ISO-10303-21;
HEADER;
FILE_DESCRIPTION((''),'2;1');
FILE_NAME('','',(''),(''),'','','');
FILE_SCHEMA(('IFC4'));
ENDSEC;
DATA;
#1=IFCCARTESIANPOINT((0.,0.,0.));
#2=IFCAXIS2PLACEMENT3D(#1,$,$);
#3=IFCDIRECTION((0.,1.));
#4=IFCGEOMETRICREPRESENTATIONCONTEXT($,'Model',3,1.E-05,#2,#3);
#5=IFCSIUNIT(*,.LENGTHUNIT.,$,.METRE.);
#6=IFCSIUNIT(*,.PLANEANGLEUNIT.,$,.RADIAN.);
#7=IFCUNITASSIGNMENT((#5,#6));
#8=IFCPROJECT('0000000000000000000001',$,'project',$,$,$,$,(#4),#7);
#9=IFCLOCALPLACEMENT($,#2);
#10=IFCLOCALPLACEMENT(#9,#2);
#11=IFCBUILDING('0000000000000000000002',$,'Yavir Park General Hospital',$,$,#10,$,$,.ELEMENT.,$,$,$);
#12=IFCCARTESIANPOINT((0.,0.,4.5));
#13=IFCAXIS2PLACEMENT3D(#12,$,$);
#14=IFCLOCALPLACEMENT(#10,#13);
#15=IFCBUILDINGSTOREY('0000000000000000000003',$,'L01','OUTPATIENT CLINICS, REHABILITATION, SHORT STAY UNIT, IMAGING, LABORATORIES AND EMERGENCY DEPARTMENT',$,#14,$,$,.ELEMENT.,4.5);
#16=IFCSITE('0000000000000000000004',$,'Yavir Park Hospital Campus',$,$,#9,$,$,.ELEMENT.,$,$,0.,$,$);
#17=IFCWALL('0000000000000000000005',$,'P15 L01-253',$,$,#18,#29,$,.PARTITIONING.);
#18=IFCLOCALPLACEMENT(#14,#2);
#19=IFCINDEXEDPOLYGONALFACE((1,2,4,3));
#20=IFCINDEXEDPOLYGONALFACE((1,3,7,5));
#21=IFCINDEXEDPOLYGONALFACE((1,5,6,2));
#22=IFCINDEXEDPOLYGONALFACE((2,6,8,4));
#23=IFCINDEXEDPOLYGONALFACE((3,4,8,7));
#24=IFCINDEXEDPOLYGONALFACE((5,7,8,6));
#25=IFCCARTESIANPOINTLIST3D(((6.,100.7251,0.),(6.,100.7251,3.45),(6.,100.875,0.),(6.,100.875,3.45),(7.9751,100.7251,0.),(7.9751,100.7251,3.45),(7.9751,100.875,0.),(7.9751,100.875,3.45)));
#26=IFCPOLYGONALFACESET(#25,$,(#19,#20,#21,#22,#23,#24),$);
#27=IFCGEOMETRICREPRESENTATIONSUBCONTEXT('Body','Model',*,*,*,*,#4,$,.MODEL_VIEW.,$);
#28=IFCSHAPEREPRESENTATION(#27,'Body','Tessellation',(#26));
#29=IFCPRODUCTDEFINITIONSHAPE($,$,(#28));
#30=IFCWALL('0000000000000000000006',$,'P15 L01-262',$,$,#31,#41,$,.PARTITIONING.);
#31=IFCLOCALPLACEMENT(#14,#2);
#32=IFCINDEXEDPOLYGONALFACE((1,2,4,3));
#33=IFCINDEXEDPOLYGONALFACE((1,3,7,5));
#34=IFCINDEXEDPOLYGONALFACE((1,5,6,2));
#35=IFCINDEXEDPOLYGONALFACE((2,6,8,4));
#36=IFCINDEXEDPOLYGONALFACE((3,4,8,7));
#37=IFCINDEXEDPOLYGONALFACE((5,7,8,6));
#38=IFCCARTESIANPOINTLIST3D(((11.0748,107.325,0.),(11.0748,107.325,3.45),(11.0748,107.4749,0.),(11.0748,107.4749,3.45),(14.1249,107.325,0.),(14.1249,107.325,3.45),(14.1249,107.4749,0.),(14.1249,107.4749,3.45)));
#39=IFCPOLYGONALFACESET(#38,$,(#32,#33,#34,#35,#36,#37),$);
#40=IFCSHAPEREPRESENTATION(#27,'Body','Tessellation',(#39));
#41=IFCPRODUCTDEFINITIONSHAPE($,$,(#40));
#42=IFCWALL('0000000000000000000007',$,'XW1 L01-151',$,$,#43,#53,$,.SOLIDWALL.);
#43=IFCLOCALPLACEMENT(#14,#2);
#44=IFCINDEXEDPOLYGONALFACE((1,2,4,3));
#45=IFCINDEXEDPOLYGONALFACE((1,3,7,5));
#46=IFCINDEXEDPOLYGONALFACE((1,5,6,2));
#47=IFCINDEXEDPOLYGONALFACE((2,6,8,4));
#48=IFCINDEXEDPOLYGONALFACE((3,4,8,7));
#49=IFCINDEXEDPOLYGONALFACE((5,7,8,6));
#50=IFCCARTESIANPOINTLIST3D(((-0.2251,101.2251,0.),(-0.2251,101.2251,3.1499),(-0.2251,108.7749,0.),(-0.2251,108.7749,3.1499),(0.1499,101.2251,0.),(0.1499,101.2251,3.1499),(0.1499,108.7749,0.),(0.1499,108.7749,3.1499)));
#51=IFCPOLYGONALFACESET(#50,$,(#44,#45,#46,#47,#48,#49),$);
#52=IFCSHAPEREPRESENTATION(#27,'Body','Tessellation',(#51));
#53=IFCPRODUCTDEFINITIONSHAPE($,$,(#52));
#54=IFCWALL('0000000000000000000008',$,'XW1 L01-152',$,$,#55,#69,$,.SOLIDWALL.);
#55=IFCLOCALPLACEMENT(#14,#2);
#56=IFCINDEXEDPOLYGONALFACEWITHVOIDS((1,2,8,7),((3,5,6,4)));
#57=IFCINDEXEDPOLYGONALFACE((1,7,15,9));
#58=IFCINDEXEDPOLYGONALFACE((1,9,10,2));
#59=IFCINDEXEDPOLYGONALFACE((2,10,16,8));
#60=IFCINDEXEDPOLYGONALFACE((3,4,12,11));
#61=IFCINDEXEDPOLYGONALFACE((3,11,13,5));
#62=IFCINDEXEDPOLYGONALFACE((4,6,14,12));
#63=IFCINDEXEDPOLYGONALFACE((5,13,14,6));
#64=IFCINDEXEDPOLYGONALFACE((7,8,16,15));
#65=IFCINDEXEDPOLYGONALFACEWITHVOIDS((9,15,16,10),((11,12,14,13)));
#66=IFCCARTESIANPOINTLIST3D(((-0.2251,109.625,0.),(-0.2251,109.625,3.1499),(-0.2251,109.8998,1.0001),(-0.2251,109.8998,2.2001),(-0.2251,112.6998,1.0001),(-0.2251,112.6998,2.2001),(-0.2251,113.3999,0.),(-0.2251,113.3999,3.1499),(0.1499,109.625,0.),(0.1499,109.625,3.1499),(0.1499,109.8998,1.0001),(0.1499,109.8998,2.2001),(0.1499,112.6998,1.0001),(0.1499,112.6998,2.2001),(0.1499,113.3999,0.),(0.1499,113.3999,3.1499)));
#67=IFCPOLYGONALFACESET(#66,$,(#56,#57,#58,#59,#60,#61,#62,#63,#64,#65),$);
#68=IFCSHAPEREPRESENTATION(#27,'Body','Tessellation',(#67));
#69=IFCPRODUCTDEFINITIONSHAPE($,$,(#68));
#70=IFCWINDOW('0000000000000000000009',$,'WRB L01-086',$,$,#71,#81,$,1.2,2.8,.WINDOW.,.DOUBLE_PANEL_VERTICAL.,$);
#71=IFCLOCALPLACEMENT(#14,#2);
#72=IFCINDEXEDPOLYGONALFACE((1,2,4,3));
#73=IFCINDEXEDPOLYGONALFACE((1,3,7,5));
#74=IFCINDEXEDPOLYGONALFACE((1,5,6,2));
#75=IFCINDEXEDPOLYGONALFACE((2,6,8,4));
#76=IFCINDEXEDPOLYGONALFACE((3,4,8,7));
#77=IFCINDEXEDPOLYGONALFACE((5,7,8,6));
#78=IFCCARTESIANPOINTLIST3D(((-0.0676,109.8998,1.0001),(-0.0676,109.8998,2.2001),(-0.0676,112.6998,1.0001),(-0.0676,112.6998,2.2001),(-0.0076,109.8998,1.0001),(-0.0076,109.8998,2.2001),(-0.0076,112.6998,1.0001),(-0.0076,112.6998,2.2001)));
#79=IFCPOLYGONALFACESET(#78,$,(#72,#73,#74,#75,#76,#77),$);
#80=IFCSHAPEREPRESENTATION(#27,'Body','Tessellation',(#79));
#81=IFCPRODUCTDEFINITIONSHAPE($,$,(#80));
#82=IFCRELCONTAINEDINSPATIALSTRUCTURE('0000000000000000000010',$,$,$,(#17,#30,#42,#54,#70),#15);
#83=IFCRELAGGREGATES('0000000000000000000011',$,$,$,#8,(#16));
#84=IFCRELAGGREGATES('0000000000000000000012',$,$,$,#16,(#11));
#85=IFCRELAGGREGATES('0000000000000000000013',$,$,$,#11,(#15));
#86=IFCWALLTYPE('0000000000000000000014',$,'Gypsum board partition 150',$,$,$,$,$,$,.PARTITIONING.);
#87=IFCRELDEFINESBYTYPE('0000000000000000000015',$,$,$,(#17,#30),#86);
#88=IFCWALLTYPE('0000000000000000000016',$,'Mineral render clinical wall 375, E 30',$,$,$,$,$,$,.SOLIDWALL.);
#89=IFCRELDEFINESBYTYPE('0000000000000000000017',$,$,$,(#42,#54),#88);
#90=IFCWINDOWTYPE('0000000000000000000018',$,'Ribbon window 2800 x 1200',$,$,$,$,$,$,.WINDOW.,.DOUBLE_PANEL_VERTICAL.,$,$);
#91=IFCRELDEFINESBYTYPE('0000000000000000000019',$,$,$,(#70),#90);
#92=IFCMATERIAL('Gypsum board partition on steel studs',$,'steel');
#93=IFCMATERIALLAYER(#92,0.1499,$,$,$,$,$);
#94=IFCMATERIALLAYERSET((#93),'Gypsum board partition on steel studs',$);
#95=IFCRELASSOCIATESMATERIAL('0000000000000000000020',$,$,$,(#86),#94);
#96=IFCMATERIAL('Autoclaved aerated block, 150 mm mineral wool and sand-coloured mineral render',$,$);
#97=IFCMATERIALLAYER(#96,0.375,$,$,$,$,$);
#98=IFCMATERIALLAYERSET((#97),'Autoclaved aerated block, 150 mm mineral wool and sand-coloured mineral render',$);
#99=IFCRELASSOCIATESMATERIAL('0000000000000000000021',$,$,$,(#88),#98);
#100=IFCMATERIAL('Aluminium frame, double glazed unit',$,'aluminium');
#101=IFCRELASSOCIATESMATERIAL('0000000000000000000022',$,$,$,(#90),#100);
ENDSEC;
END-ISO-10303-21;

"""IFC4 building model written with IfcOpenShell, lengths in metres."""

from ifc_helpers import new_model, si_unit, direction, frame, frame_2d, origin, place, context, subcontext, project, spatial, rectangle, extrude, material, layer, layer_set, type_object, element, fill, save


model = new_model("IFC4")

# Units and contexts
model_context = context("Model", 3, precision=1e-05, world=origin(), true_north=direction((0.0, 1.0)))
body_context = subcontext(model_context, "Body", "Model", "MODEL_VIEW")
ifc_project = project(units=[si_unit("LENGTHUNIT", "METRE"), si_unit("PLANEANGLEUNIT", "RADIAN")], contexts=[model_context])

# Site, building, storey
site_placement = place(None, origin())
site = spatial("IfcSite", under=ifc_project, at=site_placement, Name="Yavir Park Hospital Campus", CompositionType="ELEMENT", RefElevation=0.0)
building_placement = place(site_placement, origin())
building = spatial("IfcBuilding", under=site, at=building_placement, Name="Yavir Park General Hospital", CompositionType="ELEMENT")
storey_placement = place(building_placement, frame((0.0, 0.0, 4.5)))
storey = spatial("IfcBuildingStorey", under=building, at=storey_placement, Name="L01", Description="OUTPATIENT CLINICS, REHABILITATION, SHORT STAY UNIT, IMAGING, LABORATORIES AND EMERGENCY DEPARTMENT", CompositionType="ELEMENT", Elevation=4.5)

# Walls
ifc_material_1 = material(Name="Gypsum board partition on steel studs", Category="steel")
ifc_layer_1 = layer(ifc_material_1, 0.1499)
ifc_layer_set_1 = layer_set([ifc_layer_1], Name="Gypsum board partition on steel studs")
wall_type_1 = type_object("IfcWallType", Name="Gypsum board partition 150", PredefinedType="PARTITIONING", material=ifc_layer_set_1)
wall_1_placement = place(storey_placement, frame((6.0, 100.8, 0.0), z_axis=(0.0, 0.0, 1.0), x_axis=(1.0, 0.0, 0.0)))
element("IfcWall", 1, at=wall_1_placement, inside=storey, type_object=wall_type_1, Name="P15 L01-253", PredefinedType="PARTITIONING", context=body_context, shape_type="SweptSolid", body=[
    extrude(rectangle(XDim=1.9751, YDim=0.1499, at=frame_2d((0.9875, 0.0))), origin(), (0.0, 0.0, 1.0), 3.45),
])
wall_2_placement = place(storey_placement, frame((11.075, 107.3999, 0.0), z_axis=(0.0, 0.0, 1.0), x_axis=(1.0, 0.0, 0.0)))
element("IfcWall", 2, at=wall_2_placement, inside=storey, type_object=wall_type_1, Name="P15 L01-262", PredefinedType="PARTITIONING", context=body_context, shape_type="SweptSolid", body=[
    extrude(rectangle(XDim=3.05, YDim=0.1499, at=frame_2d((1.5249, 0.0))), origin(), (0.0, 0.0, 1.0), 3.45),
])
ifc_material_2 = material(Name="Autoclaved aerated block, 150 mm mineral wool and sand-coloured mineral render")
ifc_layer_2 = layer(ifc_material_2, 0.375)
ifc_layer_set_2 = layer_set([ifc_layer_2], Name="Autoclaved aerated block, 150 mm mineral wool and sand-coloured mineral render")
wall_type_2 = type_object("IfcWallType", Name="Mineral render clinical wall 375, E 30", PredefinedType="SOLIDWALL", material=ifc_layer_set_2)
wall_3_placement = place(storey_placement, frame((-0.0376, 101.2251, 0.0), z_axis=(0.0, 0.0, 1.0), x_axis=(0.0, 1.0, 0.0)))
element("IfcWall", 3, at=wall_3_placement, inside=storey, type_object=wall_type_2, Name="XW1 L01-151", PredefinedType="SOLIDWALL", context=body_context, shape_type="SweptSolid", body=[
    extrude(rectangle(XDim=7.5498, YDim=0.375, at=frame_2d((3.7749, 0.0))), origin(), (0.0, 0.0, 1.0), 3.1499),
])

# Wall, opening, window
wall_4_placement = place(storey_placement, frame((-0.0376, 109.625, 0.0), z_axis=(0.0, 0.0, 1.0), x_axis=(0.0, 1.0, 0.0)))
wall_4 = element("IfcWall", 4, at=wall_4_placement, inside=storey, type_object=wall_type_2, Name="XW1 L01-152", PredefinedType="SOLIDWALL", context=body_context, shape_type="SweptSolid", body=[
    extrude(rectangle(XDim=3.7749, YDim=0.375, at=frame_2d((1.8875, 0.0))), origin(), (0.0, 0.0, 1.0), 3.1499),
])
opening_1_placement = place(wall_4_placement, frame((0.2749, 0.0, 1.0)))
opening_1 = element("IfcOpeningElement", 5, at=opening_1_placement, cuts=wall_4, PredefinedType="OPENING", context=body_context, shape_type="SweptSolid", body=[
    extrude(rectangle(XDim=2.8, YDim=1.2, at=frame_2d((1.3999, 0.6001))), frame((0.0, 0.1975, 0.0), z_axis=(0.0, -1.0, 0.0), x_axis=(1.0, 0.0, 0.0)), (0.0, 0.0, 1.0), 0.395),
])
ifc_material_3 = material(Name="Aluminium frame, double glazed unit", Category="aluminium")
window_type = type_object("IfcWindowType", Name="Ribbon window 2800 x 1200", PartitioningType="DOUBLE_PANEL_VERTICAL", PredefinedType="WINDOW", material=ifc_material_3)
window_placement = place(opening_1_placement, origin())
window = element("IfcWindow", 6, at=window_placement, inside=storey, type_object=window_type, Name="WRB L01-086", OverallHeight=1.2, OverallWidth=2.8, PartitioningType="DOUBLE_PANEL_VERTICAL", PredefinedType="WINDOW", context=body_context, shape_type="SweptSolid", body=[
    extrude(rectangle(XDim=2.8, YDim=1.2, at=frame_2d((1.3999, 0.6001))), frame((0.0, 0.03, 0.0), z_axis=(0.0, -1.0, 0.0), x_axis=(1.0, 0.0, 0.0)), (0.0, 0.0, 1.0), 0.0601),
])
fill(opening_1, window)

save(model, "model.ifc")
